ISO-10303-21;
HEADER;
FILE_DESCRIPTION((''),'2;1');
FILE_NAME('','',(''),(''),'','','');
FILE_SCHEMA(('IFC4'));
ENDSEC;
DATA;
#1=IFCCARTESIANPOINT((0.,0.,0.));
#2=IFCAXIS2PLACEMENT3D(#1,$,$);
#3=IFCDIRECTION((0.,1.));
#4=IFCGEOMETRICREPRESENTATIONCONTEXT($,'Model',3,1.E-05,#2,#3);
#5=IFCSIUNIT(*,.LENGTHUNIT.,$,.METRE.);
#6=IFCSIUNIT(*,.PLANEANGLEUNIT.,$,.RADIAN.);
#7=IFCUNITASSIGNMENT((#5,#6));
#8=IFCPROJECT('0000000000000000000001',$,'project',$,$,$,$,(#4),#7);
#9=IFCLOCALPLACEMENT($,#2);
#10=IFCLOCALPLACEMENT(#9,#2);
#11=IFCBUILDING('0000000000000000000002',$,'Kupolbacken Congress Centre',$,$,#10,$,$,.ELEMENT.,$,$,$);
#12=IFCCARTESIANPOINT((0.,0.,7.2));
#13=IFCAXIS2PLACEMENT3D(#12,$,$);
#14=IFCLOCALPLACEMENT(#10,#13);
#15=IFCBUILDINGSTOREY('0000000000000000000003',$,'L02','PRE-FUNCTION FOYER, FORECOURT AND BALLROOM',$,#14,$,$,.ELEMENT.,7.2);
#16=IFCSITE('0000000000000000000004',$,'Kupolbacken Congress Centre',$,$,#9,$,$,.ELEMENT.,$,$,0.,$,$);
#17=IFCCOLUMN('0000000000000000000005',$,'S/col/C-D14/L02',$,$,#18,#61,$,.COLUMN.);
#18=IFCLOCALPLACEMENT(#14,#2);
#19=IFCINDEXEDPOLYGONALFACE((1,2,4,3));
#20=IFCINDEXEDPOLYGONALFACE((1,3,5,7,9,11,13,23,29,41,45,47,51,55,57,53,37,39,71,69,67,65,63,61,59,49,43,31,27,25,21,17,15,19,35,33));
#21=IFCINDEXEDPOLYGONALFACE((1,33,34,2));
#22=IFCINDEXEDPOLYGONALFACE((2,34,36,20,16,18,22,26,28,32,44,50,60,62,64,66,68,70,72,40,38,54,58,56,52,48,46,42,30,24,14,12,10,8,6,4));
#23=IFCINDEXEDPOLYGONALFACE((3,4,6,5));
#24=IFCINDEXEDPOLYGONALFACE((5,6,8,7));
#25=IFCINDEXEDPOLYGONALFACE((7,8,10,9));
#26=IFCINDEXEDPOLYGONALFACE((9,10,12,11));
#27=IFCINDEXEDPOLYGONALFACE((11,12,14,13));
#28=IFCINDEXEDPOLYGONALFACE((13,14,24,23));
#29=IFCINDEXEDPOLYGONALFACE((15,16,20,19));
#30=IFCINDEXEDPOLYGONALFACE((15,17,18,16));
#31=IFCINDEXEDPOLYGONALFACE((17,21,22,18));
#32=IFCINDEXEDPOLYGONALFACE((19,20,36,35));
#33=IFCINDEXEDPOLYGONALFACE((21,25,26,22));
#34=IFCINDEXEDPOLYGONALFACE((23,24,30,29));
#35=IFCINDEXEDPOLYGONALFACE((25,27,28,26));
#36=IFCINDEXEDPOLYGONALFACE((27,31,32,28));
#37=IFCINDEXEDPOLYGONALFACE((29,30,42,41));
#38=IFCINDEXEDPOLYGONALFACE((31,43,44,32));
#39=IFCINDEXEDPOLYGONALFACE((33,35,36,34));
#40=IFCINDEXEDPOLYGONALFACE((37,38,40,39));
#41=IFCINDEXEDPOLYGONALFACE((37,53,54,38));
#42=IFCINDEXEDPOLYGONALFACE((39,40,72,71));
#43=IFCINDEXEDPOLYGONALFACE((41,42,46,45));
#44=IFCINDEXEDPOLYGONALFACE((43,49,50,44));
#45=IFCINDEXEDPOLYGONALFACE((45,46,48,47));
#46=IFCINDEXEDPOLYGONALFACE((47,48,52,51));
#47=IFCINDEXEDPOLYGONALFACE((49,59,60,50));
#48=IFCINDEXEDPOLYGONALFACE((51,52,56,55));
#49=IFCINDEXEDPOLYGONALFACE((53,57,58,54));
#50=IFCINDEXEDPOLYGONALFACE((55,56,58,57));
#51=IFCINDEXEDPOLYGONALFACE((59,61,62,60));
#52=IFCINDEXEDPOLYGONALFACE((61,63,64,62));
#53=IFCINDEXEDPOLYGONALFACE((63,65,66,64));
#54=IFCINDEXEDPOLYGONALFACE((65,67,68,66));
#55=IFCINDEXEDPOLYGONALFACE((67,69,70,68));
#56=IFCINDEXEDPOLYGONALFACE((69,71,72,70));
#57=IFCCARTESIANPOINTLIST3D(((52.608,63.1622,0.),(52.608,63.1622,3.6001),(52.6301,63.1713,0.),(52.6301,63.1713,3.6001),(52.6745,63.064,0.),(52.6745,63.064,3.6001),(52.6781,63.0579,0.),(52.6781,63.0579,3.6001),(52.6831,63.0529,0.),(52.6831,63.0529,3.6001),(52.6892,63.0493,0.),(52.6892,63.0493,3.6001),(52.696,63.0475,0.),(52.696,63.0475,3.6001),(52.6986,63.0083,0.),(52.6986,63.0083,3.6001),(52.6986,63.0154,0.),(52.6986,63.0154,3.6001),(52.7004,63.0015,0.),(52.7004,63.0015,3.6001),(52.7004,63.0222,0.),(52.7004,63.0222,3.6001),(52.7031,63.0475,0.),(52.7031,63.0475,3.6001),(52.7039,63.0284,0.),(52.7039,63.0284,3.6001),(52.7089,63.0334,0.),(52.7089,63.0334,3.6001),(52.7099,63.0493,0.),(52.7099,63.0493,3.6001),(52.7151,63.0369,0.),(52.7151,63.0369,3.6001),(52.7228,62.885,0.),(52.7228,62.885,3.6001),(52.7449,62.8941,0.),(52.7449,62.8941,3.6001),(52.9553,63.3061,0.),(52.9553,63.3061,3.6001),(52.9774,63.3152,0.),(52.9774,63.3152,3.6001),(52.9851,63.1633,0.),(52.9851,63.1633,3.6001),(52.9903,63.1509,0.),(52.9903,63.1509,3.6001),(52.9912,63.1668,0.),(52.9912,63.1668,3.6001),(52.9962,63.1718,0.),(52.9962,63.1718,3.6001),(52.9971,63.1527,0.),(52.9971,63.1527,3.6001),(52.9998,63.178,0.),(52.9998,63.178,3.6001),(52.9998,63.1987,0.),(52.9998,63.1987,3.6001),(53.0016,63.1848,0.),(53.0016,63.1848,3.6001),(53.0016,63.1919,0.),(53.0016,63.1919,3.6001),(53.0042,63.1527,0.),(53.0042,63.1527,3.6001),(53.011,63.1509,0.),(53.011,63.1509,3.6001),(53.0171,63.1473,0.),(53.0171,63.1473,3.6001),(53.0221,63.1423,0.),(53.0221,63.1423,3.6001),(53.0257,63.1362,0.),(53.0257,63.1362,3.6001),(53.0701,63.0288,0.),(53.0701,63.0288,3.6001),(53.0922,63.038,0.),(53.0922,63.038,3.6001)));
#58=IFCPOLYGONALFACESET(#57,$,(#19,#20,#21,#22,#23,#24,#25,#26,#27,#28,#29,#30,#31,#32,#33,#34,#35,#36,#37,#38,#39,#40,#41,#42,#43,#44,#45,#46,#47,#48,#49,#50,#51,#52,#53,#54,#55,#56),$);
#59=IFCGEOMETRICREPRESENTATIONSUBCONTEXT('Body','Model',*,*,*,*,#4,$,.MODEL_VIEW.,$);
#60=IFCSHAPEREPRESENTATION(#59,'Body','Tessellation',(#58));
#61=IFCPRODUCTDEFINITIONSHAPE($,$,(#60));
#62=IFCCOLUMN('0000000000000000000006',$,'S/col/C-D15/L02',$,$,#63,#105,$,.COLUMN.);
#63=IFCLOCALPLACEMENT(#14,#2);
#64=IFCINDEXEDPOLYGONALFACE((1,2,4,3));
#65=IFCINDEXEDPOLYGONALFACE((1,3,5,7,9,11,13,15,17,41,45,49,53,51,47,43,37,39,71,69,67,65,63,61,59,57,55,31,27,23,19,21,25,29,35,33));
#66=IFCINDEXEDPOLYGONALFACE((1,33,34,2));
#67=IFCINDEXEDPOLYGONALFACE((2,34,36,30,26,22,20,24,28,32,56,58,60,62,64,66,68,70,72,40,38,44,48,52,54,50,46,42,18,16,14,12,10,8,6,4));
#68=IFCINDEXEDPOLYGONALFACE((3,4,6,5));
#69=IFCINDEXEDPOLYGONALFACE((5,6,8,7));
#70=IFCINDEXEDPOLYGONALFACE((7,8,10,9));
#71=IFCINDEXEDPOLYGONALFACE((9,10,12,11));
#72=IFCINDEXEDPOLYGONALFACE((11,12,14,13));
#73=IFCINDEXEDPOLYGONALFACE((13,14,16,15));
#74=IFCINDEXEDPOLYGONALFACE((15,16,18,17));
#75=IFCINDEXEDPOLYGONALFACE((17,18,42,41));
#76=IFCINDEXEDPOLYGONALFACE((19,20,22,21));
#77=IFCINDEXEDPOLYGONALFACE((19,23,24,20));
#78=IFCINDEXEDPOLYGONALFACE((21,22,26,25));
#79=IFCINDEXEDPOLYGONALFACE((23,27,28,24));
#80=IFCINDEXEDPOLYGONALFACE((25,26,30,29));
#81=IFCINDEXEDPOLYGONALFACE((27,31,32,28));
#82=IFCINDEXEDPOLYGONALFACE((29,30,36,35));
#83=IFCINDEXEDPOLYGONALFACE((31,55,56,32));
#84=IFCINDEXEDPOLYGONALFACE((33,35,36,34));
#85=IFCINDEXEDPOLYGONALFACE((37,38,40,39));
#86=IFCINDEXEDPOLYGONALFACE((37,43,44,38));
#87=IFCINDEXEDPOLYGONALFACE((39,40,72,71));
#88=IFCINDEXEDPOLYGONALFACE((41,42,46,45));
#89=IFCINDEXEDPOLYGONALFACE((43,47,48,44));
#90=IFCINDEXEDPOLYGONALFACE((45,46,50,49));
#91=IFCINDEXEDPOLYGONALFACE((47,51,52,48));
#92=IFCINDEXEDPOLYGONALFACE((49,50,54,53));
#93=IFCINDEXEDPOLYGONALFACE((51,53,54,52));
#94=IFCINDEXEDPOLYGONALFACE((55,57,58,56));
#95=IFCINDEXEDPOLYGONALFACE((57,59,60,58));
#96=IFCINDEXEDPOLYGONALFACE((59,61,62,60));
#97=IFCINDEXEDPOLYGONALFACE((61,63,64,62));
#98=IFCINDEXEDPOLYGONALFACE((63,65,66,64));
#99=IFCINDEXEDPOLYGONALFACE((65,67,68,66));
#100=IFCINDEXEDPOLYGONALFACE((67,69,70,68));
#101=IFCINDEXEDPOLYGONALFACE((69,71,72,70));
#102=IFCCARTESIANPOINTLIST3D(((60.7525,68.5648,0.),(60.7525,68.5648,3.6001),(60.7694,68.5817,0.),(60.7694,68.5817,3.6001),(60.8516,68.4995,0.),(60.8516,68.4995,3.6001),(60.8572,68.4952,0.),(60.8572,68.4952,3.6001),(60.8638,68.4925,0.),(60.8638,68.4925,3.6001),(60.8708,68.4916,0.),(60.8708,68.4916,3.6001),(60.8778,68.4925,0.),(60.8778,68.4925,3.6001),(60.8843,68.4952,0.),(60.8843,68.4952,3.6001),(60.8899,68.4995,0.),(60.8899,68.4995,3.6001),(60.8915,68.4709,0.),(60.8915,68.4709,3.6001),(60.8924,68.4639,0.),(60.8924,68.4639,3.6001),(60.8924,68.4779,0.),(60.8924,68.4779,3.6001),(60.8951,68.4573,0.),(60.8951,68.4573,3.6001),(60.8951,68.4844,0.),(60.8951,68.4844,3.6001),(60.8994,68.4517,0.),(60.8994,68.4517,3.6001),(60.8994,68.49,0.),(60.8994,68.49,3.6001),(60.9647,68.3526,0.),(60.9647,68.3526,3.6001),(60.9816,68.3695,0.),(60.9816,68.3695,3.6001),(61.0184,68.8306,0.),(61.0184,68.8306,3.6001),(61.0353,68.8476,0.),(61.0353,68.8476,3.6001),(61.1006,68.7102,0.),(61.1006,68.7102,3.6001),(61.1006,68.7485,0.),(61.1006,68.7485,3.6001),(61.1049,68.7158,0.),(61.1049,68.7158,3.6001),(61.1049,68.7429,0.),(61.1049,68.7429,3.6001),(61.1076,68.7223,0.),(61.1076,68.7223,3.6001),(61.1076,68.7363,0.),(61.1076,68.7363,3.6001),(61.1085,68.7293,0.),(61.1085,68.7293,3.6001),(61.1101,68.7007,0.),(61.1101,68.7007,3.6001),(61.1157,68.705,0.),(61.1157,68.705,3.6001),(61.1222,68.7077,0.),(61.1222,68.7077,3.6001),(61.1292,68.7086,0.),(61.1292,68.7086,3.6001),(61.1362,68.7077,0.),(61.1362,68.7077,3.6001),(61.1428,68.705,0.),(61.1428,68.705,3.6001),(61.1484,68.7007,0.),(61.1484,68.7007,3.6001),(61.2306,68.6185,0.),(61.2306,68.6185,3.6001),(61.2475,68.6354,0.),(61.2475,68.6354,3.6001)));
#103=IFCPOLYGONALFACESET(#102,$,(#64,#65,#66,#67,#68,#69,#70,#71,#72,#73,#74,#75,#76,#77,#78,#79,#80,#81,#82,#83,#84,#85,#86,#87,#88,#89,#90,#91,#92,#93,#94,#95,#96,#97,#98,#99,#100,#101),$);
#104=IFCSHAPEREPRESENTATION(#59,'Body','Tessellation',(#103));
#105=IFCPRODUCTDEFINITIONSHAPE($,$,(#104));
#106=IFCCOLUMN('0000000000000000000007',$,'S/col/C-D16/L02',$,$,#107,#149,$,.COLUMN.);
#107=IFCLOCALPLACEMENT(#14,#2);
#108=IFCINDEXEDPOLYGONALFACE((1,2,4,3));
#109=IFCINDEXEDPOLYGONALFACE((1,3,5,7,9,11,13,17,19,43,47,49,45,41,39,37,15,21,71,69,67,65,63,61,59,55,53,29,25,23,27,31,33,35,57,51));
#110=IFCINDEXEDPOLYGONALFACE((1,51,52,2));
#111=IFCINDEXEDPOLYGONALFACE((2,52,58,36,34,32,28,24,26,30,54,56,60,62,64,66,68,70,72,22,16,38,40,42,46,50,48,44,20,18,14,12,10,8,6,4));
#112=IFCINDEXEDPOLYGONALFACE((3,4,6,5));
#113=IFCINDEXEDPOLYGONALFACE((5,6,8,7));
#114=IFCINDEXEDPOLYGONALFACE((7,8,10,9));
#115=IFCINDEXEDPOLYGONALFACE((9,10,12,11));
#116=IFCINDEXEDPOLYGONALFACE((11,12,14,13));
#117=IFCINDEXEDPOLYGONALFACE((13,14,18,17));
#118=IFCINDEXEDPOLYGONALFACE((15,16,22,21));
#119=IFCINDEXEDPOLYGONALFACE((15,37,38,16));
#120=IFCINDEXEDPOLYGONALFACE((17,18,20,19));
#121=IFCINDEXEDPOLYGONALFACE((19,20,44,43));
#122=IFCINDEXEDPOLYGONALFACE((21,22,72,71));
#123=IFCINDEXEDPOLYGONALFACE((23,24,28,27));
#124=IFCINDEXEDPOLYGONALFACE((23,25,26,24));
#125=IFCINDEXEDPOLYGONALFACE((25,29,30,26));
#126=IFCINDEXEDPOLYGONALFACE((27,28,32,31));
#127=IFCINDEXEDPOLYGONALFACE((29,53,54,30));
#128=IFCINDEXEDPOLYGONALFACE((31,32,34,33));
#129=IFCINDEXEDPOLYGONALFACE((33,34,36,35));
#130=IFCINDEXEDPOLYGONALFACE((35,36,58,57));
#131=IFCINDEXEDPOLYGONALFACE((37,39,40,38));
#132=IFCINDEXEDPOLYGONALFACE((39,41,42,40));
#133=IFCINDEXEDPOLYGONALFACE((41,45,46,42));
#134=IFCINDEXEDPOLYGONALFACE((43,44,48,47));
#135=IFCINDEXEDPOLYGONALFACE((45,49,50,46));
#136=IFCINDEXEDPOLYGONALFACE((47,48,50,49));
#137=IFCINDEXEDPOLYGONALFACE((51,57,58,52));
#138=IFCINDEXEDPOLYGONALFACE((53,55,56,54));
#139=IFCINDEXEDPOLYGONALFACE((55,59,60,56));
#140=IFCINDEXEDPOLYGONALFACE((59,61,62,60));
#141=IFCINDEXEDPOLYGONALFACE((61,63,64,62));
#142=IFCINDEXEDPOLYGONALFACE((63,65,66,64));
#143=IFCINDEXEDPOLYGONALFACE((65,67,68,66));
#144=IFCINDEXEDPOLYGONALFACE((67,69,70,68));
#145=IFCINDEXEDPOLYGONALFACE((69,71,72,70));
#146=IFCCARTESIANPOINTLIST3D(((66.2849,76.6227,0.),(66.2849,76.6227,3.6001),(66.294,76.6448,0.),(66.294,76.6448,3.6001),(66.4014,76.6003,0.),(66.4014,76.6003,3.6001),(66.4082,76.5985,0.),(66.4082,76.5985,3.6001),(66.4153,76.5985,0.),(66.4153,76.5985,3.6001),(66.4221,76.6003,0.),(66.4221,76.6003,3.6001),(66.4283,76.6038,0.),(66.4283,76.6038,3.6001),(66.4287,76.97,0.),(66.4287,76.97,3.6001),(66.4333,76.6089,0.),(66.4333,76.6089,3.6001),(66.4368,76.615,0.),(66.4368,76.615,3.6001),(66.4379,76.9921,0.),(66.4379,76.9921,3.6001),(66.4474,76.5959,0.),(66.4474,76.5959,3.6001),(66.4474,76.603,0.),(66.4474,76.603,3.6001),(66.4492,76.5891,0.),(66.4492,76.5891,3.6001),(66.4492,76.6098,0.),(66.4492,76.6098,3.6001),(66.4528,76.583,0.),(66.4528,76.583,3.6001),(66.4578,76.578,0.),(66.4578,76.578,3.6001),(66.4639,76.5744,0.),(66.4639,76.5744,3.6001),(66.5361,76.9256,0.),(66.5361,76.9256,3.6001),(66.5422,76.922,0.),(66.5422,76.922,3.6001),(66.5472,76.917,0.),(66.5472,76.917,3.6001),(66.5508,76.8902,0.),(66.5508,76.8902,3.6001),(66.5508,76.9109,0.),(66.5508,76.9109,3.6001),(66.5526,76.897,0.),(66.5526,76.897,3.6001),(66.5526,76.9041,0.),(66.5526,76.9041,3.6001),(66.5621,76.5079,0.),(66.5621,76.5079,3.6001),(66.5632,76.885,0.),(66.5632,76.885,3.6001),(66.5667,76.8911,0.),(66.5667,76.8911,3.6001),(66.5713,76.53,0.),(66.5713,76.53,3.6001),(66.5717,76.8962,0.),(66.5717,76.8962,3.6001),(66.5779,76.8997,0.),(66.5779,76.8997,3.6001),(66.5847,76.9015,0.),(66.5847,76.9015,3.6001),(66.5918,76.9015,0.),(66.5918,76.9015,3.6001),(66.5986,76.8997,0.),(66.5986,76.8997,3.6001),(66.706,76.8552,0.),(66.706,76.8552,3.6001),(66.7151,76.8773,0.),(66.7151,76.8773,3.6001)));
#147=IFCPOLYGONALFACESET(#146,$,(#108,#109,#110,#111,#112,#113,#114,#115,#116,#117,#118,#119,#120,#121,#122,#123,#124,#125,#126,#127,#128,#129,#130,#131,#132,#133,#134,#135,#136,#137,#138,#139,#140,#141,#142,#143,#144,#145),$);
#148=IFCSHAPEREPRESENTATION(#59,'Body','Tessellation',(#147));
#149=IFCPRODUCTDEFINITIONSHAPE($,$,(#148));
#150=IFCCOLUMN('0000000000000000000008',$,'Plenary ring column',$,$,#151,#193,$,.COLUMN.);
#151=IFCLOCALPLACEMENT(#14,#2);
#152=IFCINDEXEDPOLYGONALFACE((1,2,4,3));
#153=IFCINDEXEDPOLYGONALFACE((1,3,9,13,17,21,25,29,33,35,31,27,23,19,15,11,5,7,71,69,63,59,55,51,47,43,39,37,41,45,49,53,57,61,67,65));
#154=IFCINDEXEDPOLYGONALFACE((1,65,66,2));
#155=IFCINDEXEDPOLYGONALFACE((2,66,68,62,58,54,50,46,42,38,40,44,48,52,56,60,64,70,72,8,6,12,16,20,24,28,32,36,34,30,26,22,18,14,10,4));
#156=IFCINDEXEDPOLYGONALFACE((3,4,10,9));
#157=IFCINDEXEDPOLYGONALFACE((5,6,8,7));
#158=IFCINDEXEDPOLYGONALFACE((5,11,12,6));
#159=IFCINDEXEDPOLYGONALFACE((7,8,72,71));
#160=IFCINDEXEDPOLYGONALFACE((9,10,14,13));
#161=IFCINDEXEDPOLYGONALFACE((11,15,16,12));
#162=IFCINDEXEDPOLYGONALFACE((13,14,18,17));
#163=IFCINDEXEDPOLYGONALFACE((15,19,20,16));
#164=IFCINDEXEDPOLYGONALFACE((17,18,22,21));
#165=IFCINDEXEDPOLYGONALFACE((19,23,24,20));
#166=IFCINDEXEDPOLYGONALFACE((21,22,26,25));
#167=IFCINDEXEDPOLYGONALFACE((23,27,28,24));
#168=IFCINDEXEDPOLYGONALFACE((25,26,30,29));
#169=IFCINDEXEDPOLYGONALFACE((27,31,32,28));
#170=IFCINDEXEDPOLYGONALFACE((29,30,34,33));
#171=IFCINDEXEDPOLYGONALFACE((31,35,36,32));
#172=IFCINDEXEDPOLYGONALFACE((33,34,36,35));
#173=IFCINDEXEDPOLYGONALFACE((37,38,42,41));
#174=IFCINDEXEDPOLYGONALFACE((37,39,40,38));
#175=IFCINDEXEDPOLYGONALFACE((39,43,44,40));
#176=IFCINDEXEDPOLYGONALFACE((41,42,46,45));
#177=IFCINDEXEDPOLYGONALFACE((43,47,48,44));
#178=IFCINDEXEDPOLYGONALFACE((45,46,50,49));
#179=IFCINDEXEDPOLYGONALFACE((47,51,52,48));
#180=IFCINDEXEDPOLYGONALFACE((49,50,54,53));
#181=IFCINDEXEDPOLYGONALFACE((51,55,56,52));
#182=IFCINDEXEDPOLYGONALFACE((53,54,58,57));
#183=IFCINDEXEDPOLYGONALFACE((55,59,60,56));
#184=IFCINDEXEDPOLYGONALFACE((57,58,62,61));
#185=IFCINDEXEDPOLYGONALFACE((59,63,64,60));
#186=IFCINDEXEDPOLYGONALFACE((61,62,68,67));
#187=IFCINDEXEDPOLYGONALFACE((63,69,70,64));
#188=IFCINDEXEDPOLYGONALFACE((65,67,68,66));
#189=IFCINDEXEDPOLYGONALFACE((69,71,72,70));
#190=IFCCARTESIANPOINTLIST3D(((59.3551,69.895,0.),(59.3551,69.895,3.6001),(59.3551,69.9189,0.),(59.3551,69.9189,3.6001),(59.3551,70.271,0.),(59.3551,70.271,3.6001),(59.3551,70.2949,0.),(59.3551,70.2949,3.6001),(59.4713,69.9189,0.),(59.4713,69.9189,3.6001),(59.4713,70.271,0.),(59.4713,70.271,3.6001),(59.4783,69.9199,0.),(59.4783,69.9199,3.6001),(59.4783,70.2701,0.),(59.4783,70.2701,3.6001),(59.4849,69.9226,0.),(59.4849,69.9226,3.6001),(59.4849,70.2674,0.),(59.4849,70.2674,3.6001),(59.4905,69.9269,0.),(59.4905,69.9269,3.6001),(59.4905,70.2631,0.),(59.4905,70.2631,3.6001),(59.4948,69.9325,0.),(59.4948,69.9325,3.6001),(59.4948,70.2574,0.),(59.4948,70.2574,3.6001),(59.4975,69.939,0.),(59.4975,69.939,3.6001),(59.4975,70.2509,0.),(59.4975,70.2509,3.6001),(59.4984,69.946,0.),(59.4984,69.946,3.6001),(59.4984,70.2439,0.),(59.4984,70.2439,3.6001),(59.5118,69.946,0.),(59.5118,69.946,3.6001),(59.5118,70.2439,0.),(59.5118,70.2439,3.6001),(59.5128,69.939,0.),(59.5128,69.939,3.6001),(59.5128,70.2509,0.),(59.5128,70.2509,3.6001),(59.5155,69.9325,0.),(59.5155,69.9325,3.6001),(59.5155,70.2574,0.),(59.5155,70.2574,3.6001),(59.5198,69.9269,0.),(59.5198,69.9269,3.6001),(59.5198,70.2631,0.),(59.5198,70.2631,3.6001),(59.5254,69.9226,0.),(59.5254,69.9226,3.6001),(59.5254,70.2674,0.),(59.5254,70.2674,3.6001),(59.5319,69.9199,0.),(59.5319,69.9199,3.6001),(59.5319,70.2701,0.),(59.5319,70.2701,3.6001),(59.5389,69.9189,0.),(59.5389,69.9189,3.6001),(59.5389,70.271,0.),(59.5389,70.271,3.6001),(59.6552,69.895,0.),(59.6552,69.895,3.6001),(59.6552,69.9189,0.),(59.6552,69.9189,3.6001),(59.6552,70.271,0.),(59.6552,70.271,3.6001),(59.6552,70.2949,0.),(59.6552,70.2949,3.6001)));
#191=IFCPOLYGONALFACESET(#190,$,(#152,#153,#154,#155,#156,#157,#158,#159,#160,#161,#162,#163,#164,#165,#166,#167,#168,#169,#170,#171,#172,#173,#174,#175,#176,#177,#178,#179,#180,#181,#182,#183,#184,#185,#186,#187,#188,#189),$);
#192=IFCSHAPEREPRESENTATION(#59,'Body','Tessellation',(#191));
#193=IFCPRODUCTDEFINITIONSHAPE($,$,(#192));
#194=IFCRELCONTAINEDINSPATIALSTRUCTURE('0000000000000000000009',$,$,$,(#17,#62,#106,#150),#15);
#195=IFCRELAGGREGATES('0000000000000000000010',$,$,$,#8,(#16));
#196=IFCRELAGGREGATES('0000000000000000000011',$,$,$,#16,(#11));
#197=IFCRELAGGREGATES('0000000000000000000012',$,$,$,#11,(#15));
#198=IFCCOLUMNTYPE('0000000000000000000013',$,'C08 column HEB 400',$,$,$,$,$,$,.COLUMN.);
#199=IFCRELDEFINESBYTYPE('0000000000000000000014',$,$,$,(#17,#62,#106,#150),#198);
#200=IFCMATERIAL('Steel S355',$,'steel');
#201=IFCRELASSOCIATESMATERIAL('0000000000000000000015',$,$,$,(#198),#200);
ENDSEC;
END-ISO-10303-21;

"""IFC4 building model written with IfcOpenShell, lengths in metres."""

from ifc_helpers import new_model, si_unit, direction, frame, origin, origin_2d, place, context, subcontext, project, spatial, i_section, extrude, material, material_profile, profile_set, type_object, element, save


model = new_model("IFC4")

# Units and contexts
model_context = context("Model", 3, precision=1e-05, world=origin(), true_north=direction((0.0, 1.0)))
body_context = subcontext(model_context, "Body", "Model", "MODEL_VIEW")
ifc_project = project(units=[si_unit("LENGTHUNIT", "METRE"), si_unit("PLANEANGLEUNIT", "RADIAN")], contexts=[model_context])

# Site, building, storey
site_placement = place(None, origin())
site = spatial("IfcSite", under=ifc_project, at=site_placement, Name="Kupolbacken Congress Centre", CompositionType="ELEMENT", RefElevation=0.0)
building_placement = place(site_placement, origin())
building = spatial("IfcBuilding", under=site, at=building_placement, Name="Kupolbacken Congress Centre", CompositionType="ELEMENT")
storey_placement = place(building_placement, frame((0.0, 0.0, 7.2)))
storey = spatial("IfcBuildingStorey", under=building, at=storey_placement, Name="L02", Description="PRE-FUNCTION FOYER, FORECOURT AND BALLROOM", CompositionType="ELEMENT", Elevation=7.2)

# Columns
ifc_material_1 = material(Name="Steel S355", Category="steel")
ifc_material_profile_1 = material_profile(ifc_material_1, i_section(OverallWidth=0.3, OverallDepth=0.3999, WebThickness=0.0134, FlangeThickness=0.0239, FilletRadius=0.0271, at=origin_2d()), Name="HEB 400")
ifc_profile_set_1 = profile_set([ifc_material_profile_1], Name="Steel S355")
column_type = type_object("IfcColumnType", Name="C08 column HEB 400", PredefinedType="COLUMN", material=ifc_profile_set_1)
for number, where, z_axis, x_axis, name in (
    (1, (52.8501, 63.1001, 0.0), (0.0, 0.0, 1.0), (0.382644, -0.923896, 0.0), "S/col/C-D14/L02"),
    (2, (61.0, 68.6001, 0.0), (0.0, 0.0, 1.0), (0.707107, -0.707107, 0.0), "S/col/C-D15/L02"),
    (3, (66.5, 76.75, 0.0), (0.0, 0.0, 1.0), (0.923896, -0.382644, 0.0), "S/col/C-D16/L02"),
    (4, (59.5051, 70.095, 0.0), (0.0, 0.0, 1.0), (1.0, 0.0, 0.0), "Plenary ring column"),
):
    element("IfcColumn", number, at=place(storey_placement, frame(where, z_axis=z_axis, x_axis=x_axis)), inside=storey, type_object=column_type, Name=name, PredefinedType="COLUMN", context=body_context, shape_type="SweptSolid", body=[
        extrude(i_section(OverallWidth=0.3, OverallDepth=0.3999, WebThickness=0.0134, FlangeThickness=0.0239, FilletRadius=0.0271, at=origin_2d()), origin(), (0.0, 0.0, 1.0), 3.6001),
    ])

save(model, "model.ifc")
